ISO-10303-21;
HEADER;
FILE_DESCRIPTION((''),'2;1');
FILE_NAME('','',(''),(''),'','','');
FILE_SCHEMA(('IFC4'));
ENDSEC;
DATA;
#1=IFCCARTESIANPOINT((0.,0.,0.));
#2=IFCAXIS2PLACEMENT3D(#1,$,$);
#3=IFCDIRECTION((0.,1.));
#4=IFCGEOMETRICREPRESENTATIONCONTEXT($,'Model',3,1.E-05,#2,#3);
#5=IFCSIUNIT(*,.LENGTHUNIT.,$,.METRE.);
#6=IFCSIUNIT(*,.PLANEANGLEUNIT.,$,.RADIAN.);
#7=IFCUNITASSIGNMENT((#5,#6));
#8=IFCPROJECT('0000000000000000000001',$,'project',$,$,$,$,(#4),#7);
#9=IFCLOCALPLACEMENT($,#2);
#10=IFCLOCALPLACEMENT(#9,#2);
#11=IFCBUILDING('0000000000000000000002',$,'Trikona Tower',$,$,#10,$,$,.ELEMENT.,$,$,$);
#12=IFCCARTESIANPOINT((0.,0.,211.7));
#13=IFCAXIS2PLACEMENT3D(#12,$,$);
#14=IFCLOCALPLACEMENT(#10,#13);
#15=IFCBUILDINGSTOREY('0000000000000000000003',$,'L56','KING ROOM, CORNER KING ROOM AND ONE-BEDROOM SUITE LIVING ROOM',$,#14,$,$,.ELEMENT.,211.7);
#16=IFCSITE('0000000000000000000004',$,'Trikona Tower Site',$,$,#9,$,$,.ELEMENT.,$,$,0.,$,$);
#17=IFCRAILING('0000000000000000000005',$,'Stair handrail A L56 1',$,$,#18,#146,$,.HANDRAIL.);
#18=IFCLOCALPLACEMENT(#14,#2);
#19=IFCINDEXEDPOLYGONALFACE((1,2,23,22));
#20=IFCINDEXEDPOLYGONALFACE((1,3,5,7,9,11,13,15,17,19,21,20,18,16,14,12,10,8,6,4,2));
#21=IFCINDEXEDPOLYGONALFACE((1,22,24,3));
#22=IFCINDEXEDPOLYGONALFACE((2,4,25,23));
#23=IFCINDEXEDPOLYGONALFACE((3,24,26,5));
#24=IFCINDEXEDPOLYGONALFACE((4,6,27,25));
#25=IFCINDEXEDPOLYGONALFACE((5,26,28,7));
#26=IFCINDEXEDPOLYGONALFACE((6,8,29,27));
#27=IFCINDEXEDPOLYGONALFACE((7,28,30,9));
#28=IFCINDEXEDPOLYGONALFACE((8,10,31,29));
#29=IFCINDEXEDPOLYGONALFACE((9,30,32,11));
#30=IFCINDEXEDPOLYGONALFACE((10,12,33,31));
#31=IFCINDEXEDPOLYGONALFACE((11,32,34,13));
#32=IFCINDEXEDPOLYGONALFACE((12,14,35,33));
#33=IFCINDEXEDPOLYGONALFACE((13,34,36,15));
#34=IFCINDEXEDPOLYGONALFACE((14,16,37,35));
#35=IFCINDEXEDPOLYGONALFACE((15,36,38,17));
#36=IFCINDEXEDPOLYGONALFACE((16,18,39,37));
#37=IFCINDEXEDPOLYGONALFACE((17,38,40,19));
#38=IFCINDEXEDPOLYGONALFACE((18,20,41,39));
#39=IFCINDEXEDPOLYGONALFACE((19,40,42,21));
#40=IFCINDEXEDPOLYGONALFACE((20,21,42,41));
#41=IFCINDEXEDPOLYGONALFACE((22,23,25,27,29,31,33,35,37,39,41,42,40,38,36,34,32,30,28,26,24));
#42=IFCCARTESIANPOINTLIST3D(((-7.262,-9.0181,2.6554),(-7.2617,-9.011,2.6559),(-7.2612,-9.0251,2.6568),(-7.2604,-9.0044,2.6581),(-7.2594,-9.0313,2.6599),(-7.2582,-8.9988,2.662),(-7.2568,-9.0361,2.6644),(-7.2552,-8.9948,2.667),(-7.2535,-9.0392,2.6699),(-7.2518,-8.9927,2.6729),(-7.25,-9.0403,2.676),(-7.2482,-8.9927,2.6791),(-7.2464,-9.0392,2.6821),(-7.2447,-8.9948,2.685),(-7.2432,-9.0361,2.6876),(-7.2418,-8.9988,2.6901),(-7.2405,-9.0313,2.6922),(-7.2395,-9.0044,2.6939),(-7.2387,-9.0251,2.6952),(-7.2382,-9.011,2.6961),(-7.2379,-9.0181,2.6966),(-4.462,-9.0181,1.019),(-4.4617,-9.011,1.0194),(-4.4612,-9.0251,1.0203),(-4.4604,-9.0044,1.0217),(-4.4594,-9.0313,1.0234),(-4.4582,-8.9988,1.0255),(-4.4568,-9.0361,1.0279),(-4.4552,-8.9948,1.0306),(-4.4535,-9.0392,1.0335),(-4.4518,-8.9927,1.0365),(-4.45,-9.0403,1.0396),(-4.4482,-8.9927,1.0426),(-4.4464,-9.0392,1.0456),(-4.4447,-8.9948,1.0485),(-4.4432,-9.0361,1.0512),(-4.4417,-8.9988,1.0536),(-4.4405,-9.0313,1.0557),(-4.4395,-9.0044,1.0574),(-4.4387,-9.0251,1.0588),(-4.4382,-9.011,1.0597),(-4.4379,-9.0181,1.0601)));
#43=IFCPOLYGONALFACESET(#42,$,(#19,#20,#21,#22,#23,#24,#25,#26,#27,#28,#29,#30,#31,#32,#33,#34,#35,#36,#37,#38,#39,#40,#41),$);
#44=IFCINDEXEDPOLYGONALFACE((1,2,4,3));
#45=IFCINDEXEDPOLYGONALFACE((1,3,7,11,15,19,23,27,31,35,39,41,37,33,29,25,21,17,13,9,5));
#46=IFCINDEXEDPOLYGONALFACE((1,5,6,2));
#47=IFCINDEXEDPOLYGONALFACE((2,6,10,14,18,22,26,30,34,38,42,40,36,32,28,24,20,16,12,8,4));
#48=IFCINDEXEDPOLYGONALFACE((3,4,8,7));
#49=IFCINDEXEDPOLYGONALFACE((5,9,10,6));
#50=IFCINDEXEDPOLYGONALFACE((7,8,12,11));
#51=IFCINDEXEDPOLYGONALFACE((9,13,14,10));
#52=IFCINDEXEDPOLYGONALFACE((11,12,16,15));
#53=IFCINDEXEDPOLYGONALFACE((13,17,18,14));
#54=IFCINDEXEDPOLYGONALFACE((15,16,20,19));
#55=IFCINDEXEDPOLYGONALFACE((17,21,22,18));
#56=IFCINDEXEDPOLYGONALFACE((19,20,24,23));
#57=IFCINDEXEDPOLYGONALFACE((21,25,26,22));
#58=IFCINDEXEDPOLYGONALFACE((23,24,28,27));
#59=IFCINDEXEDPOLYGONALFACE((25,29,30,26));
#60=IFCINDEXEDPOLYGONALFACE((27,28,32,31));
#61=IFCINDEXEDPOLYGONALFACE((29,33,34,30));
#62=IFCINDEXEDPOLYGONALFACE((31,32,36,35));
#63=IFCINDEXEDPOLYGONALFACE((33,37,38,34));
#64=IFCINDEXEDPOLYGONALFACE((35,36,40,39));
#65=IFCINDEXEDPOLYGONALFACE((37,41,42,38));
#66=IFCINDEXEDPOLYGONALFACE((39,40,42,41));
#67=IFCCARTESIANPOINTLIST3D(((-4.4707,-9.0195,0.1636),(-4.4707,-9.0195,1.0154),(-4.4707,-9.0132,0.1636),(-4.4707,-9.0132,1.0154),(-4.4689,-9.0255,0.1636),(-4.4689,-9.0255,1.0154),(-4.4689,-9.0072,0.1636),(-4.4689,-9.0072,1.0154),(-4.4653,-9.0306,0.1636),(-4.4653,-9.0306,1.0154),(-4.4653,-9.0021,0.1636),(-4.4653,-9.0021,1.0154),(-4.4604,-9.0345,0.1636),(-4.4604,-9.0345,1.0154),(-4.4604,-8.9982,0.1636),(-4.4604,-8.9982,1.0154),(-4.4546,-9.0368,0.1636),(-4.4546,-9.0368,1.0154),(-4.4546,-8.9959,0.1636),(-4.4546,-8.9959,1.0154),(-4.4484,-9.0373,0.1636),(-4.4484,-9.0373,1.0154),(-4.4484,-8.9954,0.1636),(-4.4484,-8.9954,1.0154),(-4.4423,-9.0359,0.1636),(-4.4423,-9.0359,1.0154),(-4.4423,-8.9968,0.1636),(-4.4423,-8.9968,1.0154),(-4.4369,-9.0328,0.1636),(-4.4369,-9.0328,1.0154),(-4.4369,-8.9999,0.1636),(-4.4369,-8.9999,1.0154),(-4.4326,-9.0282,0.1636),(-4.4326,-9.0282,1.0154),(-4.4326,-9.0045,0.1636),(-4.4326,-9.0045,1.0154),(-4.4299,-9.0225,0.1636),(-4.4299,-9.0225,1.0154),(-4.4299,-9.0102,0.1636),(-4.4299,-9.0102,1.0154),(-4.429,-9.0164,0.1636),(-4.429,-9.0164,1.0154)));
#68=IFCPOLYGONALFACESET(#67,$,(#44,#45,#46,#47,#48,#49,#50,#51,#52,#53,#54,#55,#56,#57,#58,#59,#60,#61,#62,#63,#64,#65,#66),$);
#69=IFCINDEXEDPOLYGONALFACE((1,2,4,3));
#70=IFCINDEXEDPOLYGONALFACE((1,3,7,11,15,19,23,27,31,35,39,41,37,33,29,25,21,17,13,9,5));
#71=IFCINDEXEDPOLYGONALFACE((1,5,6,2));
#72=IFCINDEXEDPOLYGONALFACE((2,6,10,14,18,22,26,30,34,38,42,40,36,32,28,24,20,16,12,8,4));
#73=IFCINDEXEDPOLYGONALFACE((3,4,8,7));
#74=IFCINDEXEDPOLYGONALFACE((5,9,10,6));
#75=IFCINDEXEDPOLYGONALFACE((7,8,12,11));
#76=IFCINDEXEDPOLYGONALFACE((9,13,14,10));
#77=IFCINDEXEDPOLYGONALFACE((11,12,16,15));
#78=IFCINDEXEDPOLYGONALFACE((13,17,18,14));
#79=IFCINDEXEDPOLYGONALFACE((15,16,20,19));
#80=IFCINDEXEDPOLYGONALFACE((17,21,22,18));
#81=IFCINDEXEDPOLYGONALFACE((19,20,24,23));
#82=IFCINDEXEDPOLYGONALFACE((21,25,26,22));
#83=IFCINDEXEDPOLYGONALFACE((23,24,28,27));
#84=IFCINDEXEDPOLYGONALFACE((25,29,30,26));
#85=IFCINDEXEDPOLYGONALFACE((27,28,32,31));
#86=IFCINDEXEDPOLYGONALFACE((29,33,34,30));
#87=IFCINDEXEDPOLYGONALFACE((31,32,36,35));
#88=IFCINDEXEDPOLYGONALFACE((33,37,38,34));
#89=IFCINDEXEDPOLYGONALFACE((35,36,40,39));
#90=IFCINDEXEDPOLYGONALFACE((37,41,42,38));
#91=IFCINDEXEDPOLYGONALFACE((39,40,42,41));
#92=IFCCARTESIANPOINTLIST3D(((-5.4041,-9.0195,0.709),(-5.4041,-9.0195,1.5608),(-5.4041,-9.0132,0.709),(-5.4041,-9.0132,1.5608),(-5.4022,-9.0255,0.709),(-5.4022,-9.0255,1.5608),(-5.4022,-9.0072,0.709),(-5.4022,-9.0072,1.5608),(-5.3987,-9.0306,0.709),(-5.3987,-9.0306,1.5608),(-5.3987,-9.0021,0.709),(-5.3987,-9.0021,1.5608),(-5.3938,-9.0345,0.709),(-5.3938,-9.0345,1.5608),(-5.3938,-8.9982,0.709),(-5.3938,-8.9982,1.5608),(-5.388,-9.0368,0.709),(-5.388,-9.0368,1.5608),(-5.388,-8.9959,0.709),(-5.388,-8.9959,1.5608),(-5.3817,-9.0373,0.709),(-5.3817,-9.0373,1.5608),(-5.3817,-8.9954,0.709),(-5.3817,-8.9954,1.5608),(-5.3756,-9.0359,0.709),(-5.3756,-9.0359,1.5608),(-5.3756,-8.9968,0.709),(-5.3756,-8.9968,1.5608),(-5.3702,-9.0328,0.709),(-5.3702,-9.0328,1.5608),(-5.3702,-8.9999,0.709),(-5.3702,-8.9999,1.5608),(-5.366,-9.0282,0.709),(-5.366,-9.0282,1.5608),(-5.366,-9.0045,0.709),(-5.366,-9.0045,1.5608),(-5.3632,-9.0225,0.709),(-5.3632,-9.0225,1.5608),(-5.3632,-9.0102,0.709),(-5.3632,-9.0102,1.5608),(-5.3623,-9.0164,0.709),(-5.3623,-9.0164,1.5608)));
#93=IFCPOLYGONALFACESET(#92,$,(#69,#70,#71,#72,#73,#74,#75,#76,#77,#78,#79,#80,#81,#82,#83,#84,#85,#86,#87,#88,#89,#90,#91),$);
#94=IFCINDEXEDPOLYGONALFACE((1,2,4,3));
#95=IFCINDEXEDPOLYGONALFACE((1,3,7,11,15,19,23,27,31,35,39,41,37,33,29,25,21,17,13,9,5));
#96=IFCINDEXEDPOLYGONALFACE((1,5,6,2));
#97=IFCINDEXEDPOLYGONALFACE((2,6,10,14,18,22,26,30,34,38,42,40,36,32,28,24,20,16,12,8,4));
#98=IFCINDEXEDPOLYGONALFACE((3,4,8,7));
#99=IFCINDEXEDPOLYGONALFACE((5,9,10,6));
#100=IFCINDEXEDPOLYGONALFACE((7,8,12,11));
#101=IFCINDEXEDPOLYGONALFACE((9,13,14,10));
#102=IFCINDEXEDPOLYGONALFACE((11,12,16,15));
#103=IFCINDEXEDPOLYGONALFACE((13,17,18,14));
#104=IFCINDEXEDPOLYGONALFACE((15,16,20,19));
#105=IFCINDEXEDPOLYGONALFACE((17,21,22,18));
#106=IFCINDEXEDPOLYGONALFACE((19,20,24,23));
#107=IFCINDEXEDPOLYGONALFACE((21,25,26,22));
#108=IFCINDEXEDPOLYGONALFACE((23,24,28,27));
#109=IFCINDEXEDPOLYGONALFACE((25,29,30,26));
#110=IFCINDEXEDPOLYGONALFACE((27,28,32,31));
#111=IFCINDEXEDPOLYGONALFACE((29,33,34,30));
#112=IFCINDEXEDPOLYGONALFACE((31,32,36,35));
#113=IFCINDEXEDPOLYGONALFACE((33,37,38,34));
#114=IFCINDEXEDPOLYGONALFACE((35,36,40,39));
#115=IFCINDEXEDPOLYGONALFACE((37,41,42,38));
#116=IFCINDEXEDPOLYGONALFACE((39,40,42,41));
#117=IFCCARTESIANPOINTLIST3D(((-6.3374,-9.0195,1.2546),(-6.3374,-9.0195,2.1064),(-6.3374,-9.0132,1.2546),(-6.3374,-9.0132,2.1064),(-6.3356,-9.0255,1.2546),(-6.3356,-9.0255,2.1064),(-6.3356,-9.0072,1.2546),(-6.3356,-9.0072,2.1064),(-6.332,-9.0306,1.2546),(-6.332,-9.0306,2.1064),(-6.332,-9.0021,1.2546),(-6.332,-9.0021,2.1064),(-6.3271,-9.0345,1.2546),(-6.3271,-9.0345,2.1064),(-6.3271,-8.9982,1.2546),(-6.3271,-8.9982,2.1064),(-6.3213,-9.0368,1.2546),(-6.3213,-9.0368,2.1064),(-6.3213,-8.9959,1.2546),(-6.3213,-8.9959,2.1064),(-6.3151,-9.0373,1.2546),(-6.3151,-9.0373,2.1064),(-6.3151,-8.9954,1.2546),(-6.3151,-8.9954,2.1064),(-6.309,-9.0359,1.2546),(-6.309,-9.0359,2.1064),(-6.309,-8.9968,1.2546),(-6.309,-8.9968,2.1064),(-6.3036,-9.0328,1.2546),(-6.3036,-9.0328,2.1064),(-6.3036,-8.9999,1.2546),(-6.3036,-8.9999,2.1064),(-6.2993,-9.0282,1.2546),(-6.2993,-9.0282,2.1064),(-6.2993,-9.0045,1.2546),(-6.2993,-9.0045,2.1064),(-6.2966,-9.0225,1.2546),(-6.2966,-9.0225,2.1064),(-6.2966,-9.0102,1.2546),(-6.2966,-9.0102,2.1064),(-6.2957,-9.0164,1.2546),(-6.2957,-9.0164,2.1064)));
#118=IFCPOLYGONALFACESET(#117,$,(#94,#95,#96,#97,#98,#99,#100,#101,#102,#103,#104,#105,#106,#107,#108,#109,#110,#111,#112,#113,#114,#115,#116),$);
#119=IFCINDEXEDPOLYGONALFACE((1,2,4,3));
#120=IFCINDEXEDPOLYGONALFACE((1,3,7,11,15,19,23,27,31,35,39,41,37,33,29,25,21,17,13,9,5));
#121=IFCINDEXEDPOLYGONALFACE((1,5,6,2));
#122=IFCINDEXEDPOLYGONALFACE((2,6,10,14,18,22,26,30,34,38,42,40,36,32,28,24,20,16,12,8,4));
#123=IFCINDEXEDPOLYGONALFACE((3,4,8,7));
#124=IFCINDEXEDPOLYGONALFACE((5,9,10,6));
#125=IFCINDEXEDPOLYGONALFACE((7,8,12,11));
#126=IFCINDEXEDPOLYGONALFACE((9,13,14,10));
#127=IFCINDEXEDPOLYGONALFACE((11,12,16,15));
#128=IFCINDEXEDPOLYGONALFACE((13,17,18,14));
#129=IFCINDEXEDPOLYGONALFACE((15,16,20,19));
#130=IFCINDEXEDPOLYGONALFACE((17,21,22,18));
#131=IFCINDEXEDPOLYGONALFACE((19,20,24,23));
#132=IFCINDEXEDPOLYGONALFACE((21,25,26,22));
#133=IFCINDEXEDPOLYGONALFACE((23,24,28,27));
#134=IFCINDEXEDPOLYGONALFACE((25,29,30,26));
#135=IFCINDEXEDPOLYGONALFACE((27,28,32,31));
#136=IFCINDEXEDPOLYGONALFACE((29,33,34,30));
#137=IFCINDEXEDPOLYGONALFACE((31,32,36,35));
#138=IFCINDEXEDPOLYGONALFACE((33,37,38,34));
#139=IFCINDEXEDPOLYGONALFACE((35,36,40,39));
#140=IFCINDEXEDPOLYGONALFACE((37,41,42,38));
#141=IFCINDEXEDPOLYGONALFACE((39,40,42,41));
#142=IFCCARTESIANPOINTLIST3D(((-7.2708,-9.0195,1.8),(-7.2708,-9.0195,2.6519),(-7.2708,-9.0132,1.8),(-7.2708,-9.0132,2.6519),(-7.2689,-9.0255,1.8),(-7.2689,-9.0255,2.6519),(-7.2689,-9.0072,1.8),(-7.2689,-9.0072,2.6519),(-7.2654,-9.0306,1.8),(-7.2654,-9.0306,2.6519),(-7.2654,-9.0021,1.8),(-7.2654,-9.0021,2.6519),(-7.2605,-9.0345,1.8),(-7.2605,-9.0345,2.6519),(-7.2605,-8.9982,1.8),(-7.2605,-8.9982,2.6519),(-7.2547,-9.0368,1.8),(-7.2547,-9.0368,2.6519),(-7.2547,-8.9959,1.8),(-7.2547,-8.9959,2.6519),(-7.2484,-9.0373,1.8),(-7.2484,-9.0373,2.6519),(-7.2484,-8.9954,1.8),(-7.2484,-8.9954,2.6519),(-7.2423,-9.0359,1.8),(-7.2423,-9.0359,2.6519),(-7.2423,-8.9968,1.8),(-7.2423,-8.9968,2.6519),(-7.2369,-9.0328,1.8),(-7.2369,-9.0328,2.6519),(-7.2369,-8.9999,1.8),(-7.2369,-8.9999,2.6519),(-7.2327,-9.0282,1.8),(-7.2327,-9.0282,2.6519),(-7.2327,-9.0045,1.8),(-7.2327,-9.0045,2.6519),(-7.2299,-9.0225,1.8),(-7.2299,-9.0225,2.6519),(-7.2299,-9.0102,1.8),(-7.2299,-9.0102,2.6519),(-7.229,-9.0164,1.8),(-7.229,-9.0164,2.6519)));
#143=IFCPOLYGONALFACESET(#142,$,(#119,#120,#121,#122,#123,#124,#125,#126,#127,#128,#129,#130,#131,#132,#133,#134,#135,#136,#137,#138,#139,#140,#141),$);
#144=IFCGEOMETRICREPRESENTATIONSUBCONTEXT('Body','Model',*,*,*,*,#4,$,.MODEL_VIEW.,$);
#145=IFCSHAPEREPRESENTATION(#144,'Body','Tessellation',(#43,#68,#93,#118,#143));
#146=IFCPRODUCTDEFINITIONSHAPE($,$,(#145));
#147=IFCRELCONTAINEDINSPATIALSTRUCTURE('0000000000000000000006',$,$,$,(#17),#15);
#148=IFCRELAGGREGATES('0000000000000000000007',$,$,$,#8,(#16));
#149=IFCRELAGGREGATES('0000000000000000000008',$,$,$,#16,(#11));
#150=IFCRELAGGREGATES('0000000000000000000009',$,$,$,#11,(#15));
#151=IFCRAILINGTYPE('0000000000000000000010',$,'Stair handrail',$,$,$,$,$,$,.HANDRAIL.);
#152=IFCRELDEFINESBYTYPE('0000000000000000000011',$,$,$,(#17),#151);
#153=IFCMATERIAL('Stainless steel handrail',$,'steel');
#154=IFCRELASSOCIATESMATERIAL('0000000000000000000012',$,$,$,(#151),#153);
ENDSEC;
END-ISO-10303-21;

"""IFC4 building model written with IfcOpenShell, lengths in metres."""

from ifc_helpers import new_model, si_unit, direction, frame, origin, origin_2d, place, context, subcontext, project, spatial, circle, extrude, material, type_object, element, save


model = new_model("IFC4")

# Units and contexts
model_context = context("Model", 3, precision=1e-05, world=origin(), true_north=direction((0.0, 1.0)))
body_context = subcontext(model_context, "Body", "Model", "MODEL_VIEW")
ifc_project = project(units=[si_unit("LENGTHUNIT", "METRE"), si_unit("PLANEANGLEUNIT", "RADIAN")], contexts=[model_context])

# Site, building, storey
site_placement = place(None, origin())
site = spatial("IfcSite", under=ifc_project, at=site_placement, Name="Trikona Tower Site", CompositionType="ELEMENT", RefElevation=0.0)
building_placement = place(site_placement, origin())
building = spatial("IfcBuilding", under=site, at=building_placement, Name="Trikona Tower", CompositionType="ELEMENT")
storey_placement = place(building_placement, frame((0.0, 0.0, 211.7)))
storey = spatial("IfcBuildingStorey", under=building, at=storey_placement, Name="L56", Description="KING ROOM, CORNER KING ROOM AND ONE-BEDROOM SUITE LIVING ROOM", CompositionType="ELEMENT", Elevation=211.7)

# Railing
ifc_material_1 = material(Name="Stainless steel handrail", Category="steel")
railing_type = type_object("IfcRailingType", Name="Stair handrail", PredefinedType="HANDRAIL", material=ifc_material_1)
railing_1_placement = place(storey_placement, frame((-4.45, -9.0164, 0.1636)))
element("IfcRailing", 1, at=railing_1_placement, inside=storey, type_object=railing_type, Name="Stair handrail A L56 1", PredefinedType="HANDRAIL", context=body_context, shape_type="SweptSolid", body=[
    extrude(circle(Radius=0.0239, at=origin_2d()), frame((0.0, 0.0, 0.876), z_axis=(-0.863361, 0.0, 0.504587), x_axis=(0.0, -1.0, 0.0)), (0.0, 0.0, 1.0), 3.2432),
    extrude(circle(Radius=0.021, at=origin_2d()), origin(), (0.0, 0.0, 1.0), 0.8518),
    extrude(circle(Radius=0.021, at=origin_2d()), frame((-0.9333, 0.0, 0.5454)), (0.0, 0.0, 1.0), 0.8518),
    extrude(circle(Radius=0.021, at=origin_2d()), frame((-1.8667, 0.0, 1.0911)), (0.0, 0.0, 1.0), 0.8518),
    extrude(circle(Radius=0.021, at=origin_2d()), frame((-2.8, 0.0, 1.6365)), (0.0, 0.0, 1.0), 0.8518),
])

save(model, "model.ifc")
